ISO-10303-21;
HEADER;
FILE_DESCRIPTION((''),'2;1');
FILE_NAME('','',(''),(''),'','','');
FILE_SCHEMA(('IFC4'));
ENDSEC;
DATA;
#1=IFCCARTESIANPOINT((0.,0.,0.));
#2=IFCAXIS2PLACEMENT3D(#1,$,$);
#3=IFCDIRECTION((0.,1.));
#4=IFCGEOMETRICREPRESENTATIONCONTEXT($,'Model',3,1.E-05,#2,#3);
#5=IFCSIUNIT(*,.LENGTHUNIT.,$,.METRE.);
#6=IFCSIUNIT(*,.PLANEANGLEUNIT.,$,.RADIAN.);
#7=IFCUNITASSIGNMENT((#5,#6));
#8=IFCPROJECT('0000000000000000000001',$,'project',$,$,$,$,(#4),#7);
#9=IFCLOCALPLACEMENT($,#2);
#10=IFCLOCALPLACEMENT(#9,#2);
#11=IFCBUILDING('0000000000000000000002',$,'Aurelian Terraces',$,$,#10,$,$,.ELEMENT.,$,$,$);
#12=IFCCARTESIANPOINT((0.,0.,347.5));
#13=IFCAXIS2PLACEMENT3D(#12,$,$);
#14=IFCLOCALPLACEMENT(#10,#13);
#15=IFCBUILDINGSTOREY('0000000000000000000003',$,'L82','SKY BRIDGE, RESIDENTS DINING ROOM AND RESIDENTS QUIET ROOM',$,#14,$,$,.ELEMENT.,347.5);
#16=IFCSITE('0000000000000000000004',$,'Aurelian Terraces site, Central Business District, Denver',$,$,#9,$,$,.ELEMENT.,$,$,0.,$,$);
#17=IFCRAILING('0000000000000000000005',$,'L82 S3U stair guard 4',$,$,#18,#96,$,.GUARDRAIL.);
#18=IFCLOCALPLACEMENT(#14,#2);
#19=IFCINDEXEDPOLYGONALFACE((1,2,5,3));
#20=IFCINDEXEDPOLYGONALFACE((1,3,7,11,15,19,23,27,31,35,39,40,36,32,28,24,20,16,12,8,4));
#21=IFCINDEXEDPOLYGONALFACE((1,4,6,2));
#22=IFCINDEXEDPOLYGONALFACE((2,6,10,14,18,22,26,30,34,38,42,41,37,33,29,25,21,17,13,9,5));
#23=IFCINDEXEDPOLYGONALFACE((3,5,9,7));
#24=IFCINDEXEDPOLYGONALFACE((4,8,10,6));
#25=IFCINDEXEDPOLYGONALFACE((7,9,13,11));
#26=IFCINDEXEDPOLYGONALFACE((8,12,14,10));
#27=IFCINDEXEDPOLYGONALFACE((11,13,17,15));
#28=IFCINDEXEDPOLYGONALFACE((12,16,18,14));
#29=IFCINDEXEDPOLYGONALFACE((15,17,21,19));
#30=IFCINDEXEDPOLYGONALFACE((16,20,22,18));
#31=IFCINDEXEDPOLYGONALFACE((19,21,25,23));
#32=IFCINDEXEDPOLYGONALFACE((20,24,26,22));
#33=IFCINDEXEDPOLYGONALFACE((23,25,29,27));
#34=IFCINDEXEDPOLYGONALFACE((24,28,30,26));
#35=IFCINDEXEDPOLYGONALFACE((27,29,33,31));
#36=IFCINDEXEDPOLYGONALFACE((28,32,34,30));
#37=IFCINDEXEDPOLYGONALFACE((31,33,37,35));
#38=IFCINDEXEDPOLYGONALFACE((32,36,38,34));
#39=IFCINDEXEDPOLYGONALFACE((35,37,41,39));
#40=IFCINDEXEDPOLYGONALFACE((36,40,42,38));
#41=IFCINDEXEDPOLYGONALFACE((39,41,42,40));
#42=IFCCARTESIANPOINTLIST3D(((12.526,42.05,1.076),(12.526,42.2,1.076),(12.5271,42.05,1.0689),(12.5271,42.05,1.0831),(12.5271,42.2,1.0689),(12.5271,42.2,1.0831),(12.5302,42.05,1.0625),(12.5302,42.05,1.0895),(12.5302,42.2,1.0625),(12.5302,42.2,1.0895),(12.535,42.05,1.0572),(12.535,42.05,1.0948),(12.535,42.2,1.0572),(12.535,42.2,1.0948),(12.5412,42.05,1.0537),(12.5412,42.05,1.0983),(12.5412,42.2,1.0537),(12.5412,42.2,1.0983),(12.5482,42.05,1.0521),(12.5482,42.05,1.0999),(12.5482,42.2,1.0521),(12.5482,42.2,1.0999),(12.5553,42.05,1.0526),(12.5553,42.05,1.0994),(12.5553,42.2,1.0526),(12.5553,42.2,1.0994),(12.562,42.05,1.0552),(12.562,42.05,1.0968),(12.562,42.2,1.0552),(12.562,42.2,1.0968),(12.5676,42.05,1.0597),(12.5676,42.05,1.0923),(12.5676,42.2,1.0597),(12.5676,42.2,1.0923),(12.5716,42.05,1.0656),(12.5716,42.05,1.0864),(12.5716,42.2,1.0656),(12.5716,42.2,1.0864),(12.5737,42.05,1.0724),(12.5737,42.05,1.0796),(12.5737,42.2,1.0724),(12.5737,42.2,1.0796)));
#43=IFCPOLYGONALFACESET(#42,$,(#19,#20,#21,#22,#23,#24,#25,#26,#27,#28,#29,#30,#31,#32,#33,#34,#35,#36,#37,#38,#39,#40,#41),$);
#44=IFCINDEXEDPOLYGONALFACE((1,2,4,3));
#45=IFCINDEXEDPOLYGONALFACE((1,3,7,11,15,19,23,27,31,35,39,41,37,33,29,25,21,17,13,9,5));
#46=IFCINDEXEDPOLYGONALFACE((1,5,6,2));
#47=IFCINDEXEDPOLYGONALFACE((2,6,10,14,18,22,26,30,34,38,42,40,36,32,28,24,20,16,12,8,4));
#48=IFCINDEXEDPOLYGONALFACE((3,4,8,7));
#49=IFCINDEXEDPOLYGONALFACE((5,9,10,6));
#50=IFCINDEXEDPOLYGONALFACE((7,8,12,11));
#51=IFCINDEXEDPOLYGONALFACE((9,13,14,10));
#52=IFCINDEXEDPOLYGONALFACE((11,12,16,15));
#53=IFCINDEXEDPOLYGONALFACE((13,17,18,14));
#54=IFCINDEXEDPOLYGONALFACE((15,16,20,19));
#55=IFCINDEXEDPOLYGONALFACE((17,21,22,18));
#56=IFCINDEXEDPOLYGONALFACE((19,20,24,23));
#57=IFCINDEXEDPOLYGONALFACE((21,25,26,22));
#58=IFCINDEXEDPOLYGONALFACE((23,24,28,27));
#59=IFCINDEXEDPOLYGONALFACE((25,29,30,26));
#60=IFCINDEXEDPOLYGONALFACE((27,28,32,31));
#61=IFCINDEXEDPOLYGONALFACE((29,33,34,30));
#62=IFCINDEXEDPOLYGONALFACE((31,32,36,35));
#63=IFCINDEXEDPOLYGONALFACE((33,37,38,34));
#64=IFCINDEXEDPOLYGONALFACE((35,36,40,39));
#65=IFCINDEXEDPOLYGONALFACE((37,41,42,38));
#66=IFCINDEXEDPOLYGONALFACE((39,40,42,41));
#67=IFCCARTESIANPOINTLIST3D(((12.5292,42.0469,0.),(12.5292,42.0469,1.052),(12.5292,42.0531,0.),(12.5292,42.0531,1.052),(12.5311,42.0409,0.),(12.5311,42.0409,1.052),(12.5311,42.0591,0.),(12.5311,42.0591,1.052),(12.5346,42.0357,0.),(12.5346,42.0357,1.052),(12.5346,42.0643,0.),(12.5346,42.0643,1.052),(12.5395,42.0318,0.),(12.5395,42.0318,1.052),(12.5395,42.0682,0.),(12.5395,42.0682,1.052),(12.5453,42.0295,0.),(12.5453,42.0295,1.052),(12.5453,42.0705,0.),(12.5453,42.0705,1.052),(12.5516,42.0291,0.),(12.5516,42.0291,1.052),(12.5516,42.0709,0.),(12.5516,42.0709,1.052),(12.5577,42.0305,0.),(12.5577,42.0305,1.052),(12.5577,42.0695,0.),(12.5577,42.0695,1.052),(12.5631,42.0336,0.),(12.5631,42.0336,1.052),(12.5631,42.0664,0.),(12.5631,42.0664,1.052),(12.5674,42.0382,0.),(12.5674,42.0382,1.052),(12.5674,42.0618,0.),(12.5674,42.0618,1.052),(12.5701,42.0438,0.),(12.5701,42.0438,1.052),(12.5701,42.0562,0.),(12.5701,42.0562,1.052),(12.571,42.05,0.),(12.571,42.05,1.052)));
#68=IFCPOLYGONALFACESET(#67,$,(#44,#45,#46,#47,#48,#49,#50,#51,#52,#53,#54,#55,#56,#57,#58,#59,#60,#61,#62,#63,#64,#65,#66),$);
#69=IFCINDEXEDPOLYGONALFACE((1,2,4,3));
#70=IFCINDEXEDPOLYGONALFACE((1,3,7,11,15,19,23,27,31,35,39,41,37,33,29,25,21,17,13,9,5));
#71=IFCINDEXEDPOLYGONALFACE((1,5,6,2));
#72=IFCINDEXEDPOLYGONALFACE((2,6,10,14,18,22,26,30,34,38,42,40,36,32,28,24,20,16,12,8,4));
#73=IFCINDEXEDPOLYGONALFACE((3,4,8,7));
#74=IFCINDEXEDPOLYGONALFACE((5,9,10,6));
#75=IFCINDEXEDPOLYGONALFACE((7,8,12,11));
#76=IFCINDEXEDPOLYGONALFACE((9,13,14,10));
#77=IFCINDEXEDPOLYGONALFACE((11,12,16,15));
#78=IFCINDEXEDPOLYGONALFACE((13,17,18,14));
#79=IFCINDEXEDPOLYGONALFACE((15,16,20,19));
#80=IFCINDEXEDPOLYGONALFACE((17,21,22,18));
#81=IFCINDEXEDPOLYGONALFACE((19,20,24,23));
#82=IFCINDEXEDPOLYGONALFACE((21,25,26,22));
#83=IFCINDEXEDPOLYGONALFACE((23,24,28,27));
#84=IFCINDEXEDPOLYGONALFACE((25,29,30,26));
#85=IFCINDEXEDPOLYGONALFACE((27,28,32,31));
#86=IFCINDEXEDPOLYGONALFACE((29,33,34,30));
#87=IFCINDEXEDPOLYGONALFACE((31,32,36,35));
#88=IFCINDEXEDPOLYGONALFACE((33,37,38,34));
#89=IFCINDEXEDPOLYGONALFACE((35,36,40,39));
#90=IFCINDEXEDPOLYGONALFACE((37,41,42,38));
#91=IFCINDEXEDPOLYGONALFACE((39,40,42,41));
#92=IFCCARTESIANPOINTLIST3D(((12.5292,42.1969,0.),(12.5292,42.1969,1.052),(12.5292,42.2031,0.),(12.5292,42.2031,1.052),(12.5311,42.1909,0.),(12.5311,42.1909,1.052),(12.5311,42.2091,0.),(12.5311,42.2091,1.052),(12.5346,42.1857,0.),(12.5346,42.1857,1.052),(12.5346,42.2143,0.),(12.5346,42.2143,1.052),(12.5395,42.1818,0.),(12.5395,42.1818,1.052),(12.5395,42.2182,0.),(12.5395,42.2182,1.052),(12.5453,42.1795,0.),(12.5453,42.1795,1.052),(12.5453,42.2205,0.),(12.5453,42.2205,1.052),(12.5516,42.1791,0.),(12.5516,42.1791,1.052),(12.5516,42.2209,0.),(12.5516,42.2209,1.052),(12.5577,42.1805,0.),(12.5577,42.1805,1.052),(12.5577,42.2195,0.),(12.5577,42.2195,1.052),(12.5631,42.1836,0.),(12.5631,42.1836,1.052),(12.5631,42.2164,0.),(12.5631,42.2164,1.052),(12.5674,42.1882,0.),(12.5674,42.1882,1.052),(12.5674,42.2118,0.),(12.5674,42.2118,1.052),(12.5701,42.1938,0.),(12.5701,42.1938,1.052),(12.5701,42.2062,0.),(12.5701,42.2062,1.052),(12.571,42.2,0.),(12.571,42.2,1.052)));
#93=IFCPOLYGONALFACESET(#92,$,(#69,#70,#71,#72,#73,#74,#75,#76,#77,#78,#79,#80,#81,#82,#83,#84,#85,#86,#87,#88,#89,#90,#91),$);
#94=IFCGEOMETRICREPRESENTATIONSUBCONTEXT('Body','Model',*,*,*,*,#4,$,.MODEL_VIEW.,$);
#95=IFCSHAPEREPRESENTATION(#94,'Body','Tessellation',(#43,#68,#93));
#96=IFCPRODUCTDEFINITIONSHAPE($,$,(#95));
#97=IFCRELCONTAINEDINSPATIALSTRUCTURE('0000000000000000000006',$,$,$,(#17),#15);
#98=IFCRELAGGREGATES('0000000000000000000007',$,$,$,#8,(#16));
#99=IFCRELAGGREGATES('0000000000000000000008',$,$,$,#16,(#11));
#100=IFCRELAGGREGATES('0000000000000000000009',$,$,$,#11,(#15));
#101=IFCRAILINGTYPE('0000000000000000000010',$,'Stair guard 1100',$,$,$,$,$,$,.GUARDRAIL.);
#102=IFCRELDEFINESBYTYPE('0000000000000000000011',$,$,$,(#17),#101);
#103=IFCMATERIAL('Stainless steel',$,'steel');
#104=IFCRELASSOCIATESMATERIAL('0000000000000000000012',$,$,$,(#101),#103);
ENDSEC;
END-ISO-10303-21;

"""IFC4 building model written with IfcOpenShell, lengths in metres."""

from ifc_helpers import new_model, si_unit, direction, frame, origin, origin_2d, place, context, subcontext, project, spatial, circle, extrude, source, transform, mapped, material, type_object, element, save


model = new_model("IFC4")

# Units and contexts
model_context = context("Model", 3, precision=1e-05, world=origin(), true_north=direction((0.0, 1.0)))
body_context = subcontext(model_context, "Body", "Model", "MODEL_VIEW")
ifc_project = project(units=[si_unit("LENGTHUNIT", "METRE"), si_unit("PLANEANGLEUNIT", "RADIAN")], contexts=[model_context])

# Site, building, storey
site_placement = place(None, origin())
site = spatial("IfcSite", under=ifc_project, at=site_placement, Name="Aurelian Terraces site, Central Business District, Denver", CompositionType="ELEMENT", RefElevation=0.0)
building_placement = place(site_placement, origin())
building = spatial("IfcBuilding", under=site, at=building_placement, Name="Aurelian Terraces", CompositionType="ELEMENT")
storey_placement = place(building_placement, frame((0.0, 0.0, 347.5)))
storey = spatial("IfcBuildingStorey", under=building, at=storey_placement, Name="L82", Description="SKY BRIDGE, RESIDENTS DINING ROOM AND RESIDENTS QUIET ROOM", CompositionType="ELEMENT", Elevation=347.5)

# Railing
ifc_material_1 = material(Name="Stainless steel", Category="steel")
railing_type_1 = type_object("IfcRailingType", Name="Stair guard 1100", PredefinedType="GUARDRAIL", material=ifc_material_1)
shared_shape_1 = source(origin(), body_context, "Body", "SweptSolid", [
    extrude(circle(Radius=0.024, at=origin_2d()), frame((0.0, 0.0, 1.076), z_axis=(0.0, 1.0, 0.0), x_axis=(-1.0, 0.0, 0.0)), (0.0, 0.0, 1.0), 0.15),
    extrude(circle(Radius=0.021, at=origin_2d()), origin(), (0.0, 0.0, 1.0), 1.052),
    extrude(circle(Radius=0.021, at=origin_2d()), frame((0.0, 0.15, 0.0)), (0.0, 0.0, 1.0), 1.052),
])
for number, where, name in (
    (1, (12.55, 42.05, 0.0), "L82 S3U stair guard 4"),
):
    element("IfcRailing", number, at=place(storey_placement, frame(where)), inside=storey, type_object=railing_type_1, Name=name, PredefinedType="GUARDRAIL", context=body_context, shape_type="MappedRepresentation", body=[
        mapped(shared_shape_1, transform((0.0, 0.0, 0.0), scale=1.0)),
    ])

save(model, "model.ifc")
